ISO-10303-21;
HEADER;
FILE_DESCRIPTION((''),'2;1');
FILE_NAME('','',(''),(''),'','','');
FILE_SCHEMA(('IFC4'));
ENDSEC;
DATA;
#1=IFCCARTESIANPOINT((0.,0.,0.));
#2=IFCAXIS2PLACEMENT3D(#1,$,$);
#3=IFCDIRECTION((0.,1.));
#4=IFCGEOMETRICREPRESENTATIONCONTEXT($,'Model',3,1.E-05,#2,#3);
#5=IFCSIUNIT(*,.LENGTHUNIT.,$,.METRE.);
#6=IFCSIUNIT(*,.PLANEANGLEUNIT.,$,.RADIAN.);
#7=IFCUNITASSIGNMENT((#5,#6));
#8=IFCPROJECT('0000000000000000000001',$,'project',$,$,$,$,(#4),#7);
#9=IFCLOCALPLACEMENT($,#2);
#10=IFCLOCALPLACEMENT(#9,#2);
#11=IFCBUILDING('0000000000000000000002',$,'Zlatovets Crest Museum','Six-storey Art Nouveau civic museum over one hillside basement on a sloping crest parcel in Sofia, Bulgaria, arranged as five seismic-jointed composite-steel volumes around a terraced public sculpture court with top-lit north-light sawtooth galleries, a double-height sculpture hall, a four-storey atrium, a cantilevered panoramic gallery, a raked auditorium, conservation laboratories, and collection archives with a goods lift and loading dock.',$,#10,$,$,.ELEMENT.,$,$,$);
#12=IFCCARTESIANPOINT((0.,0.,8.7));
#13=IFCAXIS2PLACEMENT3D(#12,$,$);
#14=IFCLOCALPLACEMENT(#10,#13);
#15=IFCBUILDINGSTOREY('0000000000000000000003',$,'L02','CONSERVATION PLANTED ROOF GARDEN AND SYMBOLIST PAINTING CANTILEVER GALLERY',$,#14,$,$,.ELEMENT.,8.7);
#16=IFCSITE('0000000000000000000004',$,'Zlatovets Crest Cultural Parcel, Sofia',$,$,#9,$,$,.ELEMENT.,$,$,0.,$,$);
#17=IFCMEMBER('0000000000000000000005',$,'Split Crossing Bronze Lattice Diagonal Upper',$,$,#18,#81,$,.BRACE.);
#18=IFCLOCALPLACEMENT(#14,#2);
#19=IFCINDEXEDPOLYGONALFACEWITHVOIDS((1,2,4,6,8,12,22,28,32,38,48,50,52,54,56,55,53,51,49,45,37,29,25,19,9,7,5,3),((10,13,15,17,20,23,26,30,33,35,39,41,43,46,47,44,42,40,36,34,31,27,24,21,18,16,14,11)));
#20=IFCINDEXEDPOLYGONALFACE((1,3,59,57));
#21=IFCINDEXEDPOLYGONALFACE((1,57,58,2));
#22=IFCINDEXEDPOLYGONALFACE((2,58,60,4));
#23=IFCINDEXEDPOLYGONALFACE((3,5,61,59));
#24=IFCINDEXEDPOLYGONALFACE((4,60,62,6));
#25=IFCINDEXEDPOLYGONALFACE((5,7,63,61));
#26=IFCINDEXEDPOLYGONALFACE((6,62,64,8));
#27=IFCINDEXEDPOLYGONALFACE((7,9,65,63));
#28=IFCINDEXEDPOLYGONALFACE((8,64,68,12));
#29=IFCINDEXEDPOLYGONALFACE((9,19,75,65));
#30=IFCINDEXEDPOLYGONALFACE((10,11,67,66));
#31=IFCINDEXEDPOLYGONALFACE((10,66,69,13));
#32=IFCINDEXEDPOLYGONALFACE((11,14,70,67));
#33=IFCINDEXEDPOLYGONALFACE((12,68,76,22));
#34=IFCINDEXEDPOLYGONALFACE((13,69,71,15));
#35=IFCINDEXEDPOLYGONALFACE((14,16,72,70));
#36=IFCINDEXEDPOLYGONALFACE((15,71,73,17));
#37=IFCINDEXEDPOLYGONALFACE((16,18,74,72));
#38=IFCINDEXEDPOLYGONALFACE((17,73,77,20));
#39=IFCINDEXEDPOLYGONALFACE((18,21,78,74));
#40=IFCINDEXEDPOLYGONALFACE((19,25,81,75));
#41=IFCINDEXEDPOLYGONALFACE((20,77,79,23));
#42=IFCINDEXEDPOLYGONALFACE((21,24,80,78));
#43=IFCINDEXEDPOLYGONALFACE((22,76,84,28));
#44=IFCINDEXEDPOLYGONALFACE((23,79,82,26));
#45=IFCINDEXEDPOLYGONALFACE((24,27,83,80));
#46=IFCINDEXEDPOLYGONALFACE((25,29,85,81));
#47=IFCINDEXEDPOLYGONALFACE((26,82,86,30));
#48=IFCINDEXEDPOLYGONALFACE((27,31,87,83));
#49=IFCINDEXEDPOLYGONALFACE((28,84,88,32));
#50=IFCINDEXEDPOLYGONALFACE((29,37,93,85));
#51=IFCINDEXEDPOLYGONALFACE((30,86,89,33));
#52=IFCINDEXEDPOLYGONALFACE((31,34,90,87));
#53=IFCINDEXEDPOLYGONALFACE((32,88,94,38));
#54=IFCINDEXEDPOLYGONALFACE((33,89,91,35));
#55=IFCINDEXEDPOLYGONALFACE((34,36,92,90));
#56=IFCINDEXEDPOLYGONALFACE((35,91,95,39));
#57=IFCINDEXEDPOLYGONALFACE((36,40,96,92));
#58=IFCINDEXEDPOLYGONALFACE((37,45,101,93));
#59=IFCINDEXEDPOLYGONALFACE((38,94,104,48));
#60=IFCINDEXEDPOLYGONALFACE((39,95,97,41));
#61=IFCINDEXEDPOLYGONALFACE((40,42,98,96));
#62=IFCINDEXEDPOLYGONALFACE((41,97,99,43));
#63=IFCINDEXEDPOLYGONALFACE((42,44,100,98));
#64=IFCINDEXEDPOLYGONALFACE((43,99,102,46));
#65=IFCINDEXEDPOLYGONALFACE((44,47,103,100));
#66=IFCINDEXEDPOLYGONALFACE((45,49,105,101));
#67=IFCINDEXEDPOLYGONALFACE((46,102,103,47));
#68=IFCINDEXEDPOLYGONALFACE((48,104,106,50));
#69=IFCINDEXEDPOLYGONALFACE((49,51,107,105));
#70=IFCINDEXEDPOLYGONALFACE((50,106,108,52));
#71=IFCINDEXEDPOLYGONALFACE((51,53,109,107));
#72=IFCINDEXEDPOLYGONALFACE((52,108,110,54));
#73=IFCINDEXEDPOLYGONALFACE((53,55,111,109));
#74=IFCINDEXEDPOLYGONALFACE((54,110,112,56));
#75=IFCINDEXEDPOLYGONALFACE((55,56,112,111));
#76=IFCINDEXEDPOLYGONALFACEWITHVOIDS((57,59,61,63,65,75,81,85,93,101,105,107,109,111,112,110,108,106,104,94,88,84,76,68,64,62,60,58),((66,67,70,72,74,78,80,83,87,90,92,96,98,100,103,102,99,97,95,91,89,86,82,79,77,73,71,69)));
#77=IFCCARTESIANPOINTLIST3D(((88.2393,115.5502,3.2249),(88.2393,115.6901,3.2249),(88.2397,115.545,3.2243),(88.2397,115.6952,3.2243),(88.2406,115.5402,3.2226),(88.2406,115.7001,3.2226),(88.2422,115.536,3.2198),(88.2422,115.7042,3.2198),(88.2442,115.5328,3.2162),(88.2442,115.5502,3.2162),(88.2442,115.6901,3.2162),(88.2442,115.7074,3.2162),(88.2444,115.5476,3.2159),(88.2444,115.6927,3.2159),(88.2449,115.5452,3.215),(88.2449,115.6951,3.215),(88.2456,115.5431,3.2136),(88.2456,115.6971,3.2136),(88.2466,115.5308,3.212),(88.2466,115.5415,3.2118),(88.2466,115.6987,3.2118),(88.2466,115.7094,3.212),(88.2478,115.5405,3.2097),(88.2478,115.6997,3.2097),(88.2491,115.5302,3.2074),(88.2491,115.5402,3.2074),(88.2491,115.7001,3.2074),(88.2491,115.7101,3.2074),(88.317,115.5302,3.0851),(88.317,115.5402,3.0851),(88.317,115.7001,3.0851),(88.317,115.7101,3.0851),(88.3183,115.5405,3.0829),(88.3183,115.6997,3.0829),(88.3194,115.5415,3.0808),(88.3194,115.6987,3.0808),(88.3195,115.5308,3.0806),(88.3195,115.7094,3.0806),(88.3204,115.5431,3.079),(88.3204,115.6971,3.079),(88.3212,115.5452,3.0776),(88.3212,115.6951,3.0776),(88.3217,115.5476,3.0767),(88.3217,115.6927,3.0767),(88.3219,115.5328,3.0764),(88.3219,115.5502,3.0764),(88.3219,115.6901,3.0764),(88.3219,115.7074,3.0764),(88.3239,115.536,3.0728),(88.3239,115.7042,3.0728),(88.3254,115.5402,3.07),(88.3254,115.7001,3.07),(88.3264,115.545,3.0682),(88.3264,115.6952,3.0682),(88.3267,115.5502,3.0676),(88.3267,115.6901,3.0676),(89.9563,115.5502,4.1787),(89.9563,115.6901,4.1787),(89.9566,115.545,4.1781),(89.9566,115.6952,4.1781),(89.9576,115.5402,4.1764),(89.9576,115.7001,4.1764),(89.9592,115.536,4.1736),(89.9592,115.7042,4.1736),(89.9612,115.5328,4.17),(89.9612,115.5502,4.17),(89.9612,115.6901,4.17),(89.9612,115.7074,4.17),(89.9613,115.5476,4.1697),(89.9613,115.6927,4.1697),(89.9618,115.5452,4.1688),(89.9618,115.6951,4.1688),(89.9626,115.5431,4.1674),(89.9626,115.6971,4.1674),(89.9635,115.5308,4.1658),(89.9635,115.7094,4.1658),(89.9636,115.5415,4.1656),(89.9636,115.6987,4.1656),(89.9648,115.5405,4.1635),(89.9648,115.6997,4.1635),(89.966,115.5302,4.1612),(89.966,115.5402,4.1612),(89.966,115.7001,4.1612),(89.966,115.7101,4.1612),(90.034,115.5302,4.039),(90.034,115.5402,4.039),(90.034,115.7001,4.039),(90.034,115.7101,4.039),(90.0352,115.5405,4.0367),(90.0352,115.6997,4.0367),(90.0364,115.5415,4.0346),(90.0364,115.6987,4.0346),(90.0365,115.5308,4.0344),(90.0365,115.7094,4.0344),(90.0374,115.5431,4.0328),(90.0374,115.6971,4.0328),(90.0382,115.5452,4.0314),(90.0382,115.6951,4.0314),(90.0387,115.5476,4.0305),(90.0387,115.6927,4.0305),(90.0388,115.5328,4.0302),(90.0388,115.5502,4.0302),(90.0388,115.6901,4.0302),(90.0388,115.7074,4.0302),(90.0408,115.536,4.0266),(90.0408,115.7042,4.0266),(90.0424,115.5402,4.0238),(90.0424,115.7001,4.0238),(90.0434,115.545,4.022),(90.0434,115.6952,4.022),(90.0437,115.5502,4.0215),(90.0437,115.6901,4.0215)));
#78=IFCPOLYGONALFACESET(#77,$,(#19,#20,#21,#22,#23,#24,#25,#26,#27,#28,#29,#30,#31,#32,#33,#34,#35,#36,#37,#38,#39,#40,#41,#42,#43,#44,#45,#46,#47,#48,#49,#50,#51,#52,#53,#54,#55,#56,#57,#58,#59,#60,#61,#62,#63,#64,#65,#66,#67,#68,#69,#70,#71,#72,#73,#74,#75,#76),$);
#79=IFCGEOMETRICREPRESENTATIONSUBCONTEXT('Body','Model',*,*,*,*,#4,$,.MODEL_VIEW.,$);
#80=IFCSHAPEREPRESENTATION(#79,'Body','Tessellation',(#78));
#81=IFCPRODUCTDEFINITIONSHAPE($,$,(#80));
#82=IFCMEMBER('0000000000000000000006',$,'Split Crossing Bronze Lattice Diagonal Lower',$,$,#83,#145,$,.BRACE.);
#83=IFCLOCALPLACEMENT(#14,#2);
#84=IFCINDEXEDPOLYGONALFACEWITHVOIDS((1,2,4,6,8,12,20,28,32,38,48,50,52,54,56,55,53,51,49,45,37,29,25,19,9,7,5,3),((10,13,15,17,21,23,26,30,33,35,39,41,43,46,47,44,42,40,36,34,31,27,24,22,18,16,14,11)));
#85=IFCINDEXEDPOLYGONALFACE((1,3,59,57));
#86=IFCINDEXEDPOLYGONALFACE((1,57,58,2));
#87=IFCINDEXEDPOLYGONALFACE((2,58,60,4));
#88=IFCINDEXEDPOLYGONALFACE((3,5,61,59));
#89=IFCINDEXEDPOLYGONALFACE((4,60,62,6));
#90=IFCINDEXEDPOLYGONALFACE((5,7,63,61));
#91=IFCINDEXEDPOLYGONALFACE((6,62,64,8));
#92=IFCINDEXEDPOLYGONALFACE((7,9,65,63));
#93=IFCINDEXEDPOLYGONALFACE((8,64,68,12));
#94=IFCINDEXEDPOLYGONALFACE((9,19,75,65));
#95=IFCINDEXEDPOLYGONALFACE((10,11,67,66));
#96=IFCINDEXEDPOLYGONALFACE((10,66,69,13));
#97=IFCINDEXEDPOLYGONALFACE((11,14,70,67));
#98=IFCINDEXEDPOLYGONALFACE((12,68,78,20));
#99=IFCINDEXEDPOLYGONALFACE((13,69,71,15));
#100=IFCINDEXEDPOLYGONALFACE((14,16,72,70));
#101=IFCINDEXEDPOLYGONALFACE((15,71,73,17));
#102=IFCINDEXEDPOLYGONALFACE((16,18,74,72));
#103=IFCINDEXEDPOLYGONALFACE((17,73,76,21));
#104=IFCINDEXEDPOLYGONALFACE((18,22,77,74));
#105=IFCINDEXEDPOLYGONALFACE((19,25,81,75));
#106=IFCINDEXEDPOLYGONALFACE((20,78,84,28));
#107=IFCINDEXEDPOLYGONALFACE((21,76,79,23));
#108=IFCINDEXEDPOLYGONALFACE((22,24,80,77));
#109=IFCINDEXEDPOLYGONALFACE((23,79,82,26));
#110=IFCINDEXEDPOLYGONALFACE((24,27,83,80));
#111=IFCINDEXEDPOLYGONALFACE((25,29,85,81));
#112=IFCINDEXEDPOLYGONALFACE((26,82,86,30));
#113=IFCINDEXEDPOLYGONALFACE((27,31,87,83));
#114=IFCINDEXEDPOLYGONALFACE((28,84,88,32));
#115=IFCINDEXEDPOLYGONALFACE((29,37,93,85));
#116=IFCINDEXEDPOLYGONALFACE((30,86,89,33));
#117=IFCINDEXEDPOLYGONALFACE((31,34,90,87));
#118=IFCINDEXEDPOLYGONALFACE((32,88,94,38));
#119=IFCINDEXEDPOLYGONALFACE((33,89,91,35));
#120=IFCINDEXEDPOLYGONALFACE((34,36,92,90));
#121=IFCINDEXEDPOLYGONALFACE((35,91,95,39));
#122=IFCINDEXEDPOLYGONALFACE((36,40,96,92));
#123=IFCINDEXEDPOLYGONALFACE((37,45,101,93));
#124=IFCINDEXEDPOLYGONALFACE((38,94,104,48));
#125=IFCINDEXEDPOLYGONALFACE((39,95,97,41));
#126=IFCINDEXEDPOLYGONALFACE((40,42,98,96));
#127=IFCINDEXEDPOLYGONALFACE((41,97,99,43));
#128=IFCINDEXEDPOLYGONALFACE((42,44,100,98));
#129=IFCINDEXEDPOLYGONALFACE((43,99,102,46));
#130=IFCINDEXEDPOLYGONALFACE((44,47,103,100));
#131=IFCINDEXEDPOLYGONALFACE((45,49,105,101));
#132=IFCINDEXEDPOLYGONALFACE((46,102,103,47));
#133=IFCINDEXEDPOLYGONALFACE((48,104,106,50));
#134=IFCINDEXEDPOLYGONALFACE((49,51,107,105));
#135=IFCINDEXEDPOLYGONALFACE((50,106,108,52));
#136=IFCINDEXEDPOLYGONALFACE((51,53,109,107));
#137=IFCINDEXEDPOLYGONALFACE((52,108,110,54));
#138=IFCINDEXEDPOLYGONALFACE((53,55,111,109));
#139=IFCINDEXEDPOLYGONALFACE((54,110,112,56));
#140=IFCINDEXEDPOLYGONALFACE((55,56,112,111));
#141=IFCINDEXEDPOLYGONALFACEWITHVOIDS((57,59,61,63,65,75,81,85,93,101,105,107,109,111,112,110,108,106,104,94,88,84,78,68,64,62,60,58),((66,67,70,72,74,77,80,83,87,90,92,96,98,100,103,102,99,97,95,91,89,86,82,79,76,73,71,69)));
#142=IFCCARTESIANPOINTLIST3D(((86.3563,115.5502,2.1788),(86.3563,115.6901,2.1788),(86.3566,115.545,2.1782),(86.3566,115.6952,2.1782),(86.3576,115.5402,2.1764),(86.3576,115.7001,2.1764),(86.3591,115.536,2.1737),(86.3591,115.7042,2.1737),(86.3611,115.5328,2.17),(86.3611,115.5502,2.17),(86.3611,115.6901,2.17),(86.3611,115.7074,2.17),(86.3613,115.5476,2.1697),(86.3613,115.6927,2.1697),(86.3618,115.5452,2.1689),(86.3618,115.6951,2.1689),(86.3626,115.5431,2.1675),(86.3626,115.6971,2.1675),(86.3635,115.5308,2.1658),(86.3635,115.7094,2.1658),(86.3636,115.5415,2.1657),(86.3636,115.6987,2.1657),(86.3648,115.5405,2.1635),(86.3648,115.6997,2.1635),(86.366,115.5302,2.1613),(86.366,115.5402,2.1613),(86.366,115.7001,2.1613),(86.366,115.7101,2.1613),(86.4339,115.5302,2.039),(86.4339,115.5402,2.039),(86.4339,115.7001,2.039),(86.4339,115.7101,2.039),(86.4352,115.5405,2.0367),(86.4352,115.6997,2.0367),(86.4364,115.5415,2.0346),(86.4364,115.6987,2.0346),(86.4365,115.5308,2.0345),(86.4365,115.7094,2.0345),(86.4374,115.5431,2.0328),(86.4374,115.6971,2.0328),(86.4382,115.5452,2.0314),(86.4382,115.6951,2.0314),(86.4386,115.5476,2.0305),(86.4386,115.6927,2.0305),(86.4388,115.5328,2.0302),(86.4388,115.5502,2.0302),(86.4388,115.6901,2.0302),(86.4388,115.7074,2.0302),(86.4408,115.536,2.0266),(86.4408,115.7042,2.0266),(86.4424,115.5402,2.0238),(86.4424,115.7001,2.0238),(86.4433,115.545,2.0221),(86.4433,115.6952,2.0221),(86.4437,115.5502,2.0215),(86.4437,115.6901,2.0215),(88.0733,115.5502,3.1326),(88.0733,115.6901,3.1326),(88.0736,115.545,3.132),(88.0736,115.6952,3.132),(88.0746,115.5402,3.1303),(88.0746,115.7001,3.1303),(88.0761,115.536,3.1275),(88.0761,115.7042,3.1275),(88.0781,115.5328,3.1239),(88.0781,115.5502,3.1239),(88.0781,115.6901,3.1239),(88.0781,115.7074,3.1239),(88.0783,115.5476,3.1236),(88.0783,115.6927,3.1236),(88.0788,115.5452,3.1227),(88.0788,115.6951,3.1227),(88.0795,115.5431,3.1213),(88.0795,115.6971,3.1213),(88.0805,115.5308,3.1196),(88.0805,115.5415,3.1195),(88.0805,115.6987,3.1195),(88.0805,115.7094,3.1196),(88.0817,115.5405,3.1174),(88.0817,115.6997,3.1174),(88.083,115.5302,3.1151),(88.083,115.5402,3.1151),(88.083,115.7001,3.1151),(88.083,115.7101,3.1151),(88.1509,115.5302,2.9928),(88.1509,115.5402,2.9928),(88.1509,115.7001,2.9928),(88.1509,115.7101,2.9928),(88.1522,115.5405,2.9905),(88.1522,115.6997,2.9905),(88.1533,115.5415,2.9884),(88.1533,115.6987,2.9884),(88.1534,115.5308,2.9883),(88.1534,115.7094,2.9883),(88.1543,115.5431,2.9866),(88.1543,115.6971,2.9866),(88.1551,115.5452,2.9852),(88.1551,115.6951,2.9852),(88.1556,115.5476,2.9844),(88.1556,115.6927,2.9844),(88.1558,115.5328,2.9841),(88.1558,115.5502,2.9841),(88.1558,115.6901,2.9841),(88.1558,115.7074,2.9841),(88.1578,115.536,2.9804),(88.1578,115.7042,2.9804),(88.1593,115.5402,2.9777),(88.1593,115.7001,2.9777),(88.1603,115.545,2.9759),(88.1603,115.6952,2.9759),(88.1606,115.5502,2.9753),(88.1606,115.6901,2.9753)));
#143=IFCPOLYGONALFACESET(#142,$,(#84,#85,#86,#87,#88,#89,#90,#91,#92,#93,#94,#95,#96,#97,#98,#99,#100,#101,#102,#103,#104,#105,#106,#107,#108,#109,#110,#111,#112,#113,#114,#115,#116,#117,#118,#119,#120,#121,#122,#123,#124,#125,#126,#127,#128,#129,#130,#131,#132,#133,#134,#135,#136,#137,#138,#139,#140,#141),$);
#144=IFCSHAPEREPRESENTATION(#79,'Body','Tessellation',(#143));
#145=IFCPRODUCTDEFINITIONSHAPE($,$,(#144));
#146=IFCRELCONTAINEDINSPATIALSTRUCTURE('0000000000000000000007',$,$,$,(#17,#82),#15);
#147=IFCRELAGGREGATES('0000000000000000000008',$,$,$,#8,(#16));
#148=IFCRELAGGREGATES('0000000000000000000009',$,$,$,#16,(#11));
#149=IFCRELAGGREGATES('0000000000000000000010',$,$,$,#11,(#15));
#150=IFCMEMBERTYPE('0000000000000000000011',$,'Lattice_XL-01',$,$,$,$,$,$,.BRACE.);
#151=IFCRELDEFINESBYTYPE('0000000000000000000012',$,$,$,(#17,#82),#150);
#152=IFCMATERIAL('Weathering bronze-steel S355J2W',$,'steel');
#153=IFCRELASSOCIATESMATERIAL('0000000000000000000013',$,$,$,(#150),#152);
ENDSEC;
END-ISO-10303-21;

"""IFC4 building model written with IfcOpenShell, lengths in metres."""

from ifc_helpers import new_model, si_unit, direction, frame, origin, origin_2d, place, context, subcontext, project, spatial, hollow_rectangle, extrude, material, material_profile, profile_set, type_object, element, save


model = new_model("IFC4")

# Units and contexts
model_context = context("Model", 3, precision=1e-05, world=origin(), true_north=direction((0.0, 1.0)))
body_context = subcontext(model_context, "Body", "Model", "MODEL_VIEW")
ifc_project = project(units=[si_unit("LENGTHUNIT", "METRE"), si_unit("PLANEANGLEUNIT", "RADIAN")], contexts=[model_context])

# Site, building, storey
site_placement = place(None, origin())
site = spatial("IfcSite", under=ifc_project, at=site_placement, Name="Zlatovets Crest Cultural Parcel, Sofia", CompositionType="ELEMENT", RefElevation=0.0)
building_placement = place(site_placement, origin())
building = spatial("IfcBuilding", under=site, at=building_placement, Name="Zlatovets Crest Museum", Description="Six-storey Art Nouveau civic museum over one hillside basement on a sloping crest parcel in Sofia, Bulgaria, arranged as five seismic-jointed composite-steel volumes around a terraced public sculpture court with top-lit north-light sawtooth galleries, a double-height sculpture hall, a four-storey atrium, a cantilevered panoramic gallery, a raked auditorium, conservation laboratories, and collection archives with a goods lift and loading dock.", CompositionType="ELEMENT")
storey_placement = place(building_placement, frame((0.0, 0.0, 8.7)))
storey = spatial("IfcBuildingStorey", under=building, at=storey_placement, Name="L02", Description="CONSERVATION PLANTED ROOF GARDEN AND SYMBOLIST PAINTING CANTILEVER GALLERY", CompositionType="ELEMENT", Elevation=8.7)

# Members
ifc_material_1 = material(Name="Weathering bronze-steel S355J2W", Category="steel")
ifc_material_profile_1 = material_profile(ifc_material_1, hollow_rectangle(XDim=0.1799, YDim=0.1799, WallThickness=0.01, InnerFilletRadius=0.01, OuterFilletRadius=0.02, at=origin_2d()), Name="SHS 180x180x10.0")
ifc_profile_set_1 = profile_set([ifc_material_profile_1], Name="Weathering bronze-steel S355J2W")
member_type_1 = type_object("IfcMemberType", Name="Lattice_XL-01", PredefinedType="BRACE", material=ifc_profile_set_1)
for number, where, z_axis, x_axis, name in (
    (1, (90.0, 115.6201, 4.1001), (-0.874169, 0.0, -0.485622), (0.0, -1.0, 0.0), "Split Crossing Bronze Lattice Diagonal Upper"),
    (2, (88.1169, 115.6201, 3.054), (-0.874169, 0.0, -0.485622), (0.0, -1.0, 0.0), "Split Crossing Bronze Lattice Diagonal Lower"),
):
    element("IfcMember", number, at=place(storey_placement, frame(where, z_axis=z_axis, x_axis=x_axis)), inside=storey, type_object=member_type_1, Name=name, PredefinedType="BRACE", context=body_context, shape_type="SweptSolid", body=[
        extrude(hollow_rectangle(XDim=0.1799, YDim=0.1799, WallThickness=0.01, InnerFilletRadius=0.01, OuterFilletRadius=0.02, at=origin_2d()), origin(), (0.0, 0.0, 1.0), 1.9641),
    ])

save(model, "model.ifc")
